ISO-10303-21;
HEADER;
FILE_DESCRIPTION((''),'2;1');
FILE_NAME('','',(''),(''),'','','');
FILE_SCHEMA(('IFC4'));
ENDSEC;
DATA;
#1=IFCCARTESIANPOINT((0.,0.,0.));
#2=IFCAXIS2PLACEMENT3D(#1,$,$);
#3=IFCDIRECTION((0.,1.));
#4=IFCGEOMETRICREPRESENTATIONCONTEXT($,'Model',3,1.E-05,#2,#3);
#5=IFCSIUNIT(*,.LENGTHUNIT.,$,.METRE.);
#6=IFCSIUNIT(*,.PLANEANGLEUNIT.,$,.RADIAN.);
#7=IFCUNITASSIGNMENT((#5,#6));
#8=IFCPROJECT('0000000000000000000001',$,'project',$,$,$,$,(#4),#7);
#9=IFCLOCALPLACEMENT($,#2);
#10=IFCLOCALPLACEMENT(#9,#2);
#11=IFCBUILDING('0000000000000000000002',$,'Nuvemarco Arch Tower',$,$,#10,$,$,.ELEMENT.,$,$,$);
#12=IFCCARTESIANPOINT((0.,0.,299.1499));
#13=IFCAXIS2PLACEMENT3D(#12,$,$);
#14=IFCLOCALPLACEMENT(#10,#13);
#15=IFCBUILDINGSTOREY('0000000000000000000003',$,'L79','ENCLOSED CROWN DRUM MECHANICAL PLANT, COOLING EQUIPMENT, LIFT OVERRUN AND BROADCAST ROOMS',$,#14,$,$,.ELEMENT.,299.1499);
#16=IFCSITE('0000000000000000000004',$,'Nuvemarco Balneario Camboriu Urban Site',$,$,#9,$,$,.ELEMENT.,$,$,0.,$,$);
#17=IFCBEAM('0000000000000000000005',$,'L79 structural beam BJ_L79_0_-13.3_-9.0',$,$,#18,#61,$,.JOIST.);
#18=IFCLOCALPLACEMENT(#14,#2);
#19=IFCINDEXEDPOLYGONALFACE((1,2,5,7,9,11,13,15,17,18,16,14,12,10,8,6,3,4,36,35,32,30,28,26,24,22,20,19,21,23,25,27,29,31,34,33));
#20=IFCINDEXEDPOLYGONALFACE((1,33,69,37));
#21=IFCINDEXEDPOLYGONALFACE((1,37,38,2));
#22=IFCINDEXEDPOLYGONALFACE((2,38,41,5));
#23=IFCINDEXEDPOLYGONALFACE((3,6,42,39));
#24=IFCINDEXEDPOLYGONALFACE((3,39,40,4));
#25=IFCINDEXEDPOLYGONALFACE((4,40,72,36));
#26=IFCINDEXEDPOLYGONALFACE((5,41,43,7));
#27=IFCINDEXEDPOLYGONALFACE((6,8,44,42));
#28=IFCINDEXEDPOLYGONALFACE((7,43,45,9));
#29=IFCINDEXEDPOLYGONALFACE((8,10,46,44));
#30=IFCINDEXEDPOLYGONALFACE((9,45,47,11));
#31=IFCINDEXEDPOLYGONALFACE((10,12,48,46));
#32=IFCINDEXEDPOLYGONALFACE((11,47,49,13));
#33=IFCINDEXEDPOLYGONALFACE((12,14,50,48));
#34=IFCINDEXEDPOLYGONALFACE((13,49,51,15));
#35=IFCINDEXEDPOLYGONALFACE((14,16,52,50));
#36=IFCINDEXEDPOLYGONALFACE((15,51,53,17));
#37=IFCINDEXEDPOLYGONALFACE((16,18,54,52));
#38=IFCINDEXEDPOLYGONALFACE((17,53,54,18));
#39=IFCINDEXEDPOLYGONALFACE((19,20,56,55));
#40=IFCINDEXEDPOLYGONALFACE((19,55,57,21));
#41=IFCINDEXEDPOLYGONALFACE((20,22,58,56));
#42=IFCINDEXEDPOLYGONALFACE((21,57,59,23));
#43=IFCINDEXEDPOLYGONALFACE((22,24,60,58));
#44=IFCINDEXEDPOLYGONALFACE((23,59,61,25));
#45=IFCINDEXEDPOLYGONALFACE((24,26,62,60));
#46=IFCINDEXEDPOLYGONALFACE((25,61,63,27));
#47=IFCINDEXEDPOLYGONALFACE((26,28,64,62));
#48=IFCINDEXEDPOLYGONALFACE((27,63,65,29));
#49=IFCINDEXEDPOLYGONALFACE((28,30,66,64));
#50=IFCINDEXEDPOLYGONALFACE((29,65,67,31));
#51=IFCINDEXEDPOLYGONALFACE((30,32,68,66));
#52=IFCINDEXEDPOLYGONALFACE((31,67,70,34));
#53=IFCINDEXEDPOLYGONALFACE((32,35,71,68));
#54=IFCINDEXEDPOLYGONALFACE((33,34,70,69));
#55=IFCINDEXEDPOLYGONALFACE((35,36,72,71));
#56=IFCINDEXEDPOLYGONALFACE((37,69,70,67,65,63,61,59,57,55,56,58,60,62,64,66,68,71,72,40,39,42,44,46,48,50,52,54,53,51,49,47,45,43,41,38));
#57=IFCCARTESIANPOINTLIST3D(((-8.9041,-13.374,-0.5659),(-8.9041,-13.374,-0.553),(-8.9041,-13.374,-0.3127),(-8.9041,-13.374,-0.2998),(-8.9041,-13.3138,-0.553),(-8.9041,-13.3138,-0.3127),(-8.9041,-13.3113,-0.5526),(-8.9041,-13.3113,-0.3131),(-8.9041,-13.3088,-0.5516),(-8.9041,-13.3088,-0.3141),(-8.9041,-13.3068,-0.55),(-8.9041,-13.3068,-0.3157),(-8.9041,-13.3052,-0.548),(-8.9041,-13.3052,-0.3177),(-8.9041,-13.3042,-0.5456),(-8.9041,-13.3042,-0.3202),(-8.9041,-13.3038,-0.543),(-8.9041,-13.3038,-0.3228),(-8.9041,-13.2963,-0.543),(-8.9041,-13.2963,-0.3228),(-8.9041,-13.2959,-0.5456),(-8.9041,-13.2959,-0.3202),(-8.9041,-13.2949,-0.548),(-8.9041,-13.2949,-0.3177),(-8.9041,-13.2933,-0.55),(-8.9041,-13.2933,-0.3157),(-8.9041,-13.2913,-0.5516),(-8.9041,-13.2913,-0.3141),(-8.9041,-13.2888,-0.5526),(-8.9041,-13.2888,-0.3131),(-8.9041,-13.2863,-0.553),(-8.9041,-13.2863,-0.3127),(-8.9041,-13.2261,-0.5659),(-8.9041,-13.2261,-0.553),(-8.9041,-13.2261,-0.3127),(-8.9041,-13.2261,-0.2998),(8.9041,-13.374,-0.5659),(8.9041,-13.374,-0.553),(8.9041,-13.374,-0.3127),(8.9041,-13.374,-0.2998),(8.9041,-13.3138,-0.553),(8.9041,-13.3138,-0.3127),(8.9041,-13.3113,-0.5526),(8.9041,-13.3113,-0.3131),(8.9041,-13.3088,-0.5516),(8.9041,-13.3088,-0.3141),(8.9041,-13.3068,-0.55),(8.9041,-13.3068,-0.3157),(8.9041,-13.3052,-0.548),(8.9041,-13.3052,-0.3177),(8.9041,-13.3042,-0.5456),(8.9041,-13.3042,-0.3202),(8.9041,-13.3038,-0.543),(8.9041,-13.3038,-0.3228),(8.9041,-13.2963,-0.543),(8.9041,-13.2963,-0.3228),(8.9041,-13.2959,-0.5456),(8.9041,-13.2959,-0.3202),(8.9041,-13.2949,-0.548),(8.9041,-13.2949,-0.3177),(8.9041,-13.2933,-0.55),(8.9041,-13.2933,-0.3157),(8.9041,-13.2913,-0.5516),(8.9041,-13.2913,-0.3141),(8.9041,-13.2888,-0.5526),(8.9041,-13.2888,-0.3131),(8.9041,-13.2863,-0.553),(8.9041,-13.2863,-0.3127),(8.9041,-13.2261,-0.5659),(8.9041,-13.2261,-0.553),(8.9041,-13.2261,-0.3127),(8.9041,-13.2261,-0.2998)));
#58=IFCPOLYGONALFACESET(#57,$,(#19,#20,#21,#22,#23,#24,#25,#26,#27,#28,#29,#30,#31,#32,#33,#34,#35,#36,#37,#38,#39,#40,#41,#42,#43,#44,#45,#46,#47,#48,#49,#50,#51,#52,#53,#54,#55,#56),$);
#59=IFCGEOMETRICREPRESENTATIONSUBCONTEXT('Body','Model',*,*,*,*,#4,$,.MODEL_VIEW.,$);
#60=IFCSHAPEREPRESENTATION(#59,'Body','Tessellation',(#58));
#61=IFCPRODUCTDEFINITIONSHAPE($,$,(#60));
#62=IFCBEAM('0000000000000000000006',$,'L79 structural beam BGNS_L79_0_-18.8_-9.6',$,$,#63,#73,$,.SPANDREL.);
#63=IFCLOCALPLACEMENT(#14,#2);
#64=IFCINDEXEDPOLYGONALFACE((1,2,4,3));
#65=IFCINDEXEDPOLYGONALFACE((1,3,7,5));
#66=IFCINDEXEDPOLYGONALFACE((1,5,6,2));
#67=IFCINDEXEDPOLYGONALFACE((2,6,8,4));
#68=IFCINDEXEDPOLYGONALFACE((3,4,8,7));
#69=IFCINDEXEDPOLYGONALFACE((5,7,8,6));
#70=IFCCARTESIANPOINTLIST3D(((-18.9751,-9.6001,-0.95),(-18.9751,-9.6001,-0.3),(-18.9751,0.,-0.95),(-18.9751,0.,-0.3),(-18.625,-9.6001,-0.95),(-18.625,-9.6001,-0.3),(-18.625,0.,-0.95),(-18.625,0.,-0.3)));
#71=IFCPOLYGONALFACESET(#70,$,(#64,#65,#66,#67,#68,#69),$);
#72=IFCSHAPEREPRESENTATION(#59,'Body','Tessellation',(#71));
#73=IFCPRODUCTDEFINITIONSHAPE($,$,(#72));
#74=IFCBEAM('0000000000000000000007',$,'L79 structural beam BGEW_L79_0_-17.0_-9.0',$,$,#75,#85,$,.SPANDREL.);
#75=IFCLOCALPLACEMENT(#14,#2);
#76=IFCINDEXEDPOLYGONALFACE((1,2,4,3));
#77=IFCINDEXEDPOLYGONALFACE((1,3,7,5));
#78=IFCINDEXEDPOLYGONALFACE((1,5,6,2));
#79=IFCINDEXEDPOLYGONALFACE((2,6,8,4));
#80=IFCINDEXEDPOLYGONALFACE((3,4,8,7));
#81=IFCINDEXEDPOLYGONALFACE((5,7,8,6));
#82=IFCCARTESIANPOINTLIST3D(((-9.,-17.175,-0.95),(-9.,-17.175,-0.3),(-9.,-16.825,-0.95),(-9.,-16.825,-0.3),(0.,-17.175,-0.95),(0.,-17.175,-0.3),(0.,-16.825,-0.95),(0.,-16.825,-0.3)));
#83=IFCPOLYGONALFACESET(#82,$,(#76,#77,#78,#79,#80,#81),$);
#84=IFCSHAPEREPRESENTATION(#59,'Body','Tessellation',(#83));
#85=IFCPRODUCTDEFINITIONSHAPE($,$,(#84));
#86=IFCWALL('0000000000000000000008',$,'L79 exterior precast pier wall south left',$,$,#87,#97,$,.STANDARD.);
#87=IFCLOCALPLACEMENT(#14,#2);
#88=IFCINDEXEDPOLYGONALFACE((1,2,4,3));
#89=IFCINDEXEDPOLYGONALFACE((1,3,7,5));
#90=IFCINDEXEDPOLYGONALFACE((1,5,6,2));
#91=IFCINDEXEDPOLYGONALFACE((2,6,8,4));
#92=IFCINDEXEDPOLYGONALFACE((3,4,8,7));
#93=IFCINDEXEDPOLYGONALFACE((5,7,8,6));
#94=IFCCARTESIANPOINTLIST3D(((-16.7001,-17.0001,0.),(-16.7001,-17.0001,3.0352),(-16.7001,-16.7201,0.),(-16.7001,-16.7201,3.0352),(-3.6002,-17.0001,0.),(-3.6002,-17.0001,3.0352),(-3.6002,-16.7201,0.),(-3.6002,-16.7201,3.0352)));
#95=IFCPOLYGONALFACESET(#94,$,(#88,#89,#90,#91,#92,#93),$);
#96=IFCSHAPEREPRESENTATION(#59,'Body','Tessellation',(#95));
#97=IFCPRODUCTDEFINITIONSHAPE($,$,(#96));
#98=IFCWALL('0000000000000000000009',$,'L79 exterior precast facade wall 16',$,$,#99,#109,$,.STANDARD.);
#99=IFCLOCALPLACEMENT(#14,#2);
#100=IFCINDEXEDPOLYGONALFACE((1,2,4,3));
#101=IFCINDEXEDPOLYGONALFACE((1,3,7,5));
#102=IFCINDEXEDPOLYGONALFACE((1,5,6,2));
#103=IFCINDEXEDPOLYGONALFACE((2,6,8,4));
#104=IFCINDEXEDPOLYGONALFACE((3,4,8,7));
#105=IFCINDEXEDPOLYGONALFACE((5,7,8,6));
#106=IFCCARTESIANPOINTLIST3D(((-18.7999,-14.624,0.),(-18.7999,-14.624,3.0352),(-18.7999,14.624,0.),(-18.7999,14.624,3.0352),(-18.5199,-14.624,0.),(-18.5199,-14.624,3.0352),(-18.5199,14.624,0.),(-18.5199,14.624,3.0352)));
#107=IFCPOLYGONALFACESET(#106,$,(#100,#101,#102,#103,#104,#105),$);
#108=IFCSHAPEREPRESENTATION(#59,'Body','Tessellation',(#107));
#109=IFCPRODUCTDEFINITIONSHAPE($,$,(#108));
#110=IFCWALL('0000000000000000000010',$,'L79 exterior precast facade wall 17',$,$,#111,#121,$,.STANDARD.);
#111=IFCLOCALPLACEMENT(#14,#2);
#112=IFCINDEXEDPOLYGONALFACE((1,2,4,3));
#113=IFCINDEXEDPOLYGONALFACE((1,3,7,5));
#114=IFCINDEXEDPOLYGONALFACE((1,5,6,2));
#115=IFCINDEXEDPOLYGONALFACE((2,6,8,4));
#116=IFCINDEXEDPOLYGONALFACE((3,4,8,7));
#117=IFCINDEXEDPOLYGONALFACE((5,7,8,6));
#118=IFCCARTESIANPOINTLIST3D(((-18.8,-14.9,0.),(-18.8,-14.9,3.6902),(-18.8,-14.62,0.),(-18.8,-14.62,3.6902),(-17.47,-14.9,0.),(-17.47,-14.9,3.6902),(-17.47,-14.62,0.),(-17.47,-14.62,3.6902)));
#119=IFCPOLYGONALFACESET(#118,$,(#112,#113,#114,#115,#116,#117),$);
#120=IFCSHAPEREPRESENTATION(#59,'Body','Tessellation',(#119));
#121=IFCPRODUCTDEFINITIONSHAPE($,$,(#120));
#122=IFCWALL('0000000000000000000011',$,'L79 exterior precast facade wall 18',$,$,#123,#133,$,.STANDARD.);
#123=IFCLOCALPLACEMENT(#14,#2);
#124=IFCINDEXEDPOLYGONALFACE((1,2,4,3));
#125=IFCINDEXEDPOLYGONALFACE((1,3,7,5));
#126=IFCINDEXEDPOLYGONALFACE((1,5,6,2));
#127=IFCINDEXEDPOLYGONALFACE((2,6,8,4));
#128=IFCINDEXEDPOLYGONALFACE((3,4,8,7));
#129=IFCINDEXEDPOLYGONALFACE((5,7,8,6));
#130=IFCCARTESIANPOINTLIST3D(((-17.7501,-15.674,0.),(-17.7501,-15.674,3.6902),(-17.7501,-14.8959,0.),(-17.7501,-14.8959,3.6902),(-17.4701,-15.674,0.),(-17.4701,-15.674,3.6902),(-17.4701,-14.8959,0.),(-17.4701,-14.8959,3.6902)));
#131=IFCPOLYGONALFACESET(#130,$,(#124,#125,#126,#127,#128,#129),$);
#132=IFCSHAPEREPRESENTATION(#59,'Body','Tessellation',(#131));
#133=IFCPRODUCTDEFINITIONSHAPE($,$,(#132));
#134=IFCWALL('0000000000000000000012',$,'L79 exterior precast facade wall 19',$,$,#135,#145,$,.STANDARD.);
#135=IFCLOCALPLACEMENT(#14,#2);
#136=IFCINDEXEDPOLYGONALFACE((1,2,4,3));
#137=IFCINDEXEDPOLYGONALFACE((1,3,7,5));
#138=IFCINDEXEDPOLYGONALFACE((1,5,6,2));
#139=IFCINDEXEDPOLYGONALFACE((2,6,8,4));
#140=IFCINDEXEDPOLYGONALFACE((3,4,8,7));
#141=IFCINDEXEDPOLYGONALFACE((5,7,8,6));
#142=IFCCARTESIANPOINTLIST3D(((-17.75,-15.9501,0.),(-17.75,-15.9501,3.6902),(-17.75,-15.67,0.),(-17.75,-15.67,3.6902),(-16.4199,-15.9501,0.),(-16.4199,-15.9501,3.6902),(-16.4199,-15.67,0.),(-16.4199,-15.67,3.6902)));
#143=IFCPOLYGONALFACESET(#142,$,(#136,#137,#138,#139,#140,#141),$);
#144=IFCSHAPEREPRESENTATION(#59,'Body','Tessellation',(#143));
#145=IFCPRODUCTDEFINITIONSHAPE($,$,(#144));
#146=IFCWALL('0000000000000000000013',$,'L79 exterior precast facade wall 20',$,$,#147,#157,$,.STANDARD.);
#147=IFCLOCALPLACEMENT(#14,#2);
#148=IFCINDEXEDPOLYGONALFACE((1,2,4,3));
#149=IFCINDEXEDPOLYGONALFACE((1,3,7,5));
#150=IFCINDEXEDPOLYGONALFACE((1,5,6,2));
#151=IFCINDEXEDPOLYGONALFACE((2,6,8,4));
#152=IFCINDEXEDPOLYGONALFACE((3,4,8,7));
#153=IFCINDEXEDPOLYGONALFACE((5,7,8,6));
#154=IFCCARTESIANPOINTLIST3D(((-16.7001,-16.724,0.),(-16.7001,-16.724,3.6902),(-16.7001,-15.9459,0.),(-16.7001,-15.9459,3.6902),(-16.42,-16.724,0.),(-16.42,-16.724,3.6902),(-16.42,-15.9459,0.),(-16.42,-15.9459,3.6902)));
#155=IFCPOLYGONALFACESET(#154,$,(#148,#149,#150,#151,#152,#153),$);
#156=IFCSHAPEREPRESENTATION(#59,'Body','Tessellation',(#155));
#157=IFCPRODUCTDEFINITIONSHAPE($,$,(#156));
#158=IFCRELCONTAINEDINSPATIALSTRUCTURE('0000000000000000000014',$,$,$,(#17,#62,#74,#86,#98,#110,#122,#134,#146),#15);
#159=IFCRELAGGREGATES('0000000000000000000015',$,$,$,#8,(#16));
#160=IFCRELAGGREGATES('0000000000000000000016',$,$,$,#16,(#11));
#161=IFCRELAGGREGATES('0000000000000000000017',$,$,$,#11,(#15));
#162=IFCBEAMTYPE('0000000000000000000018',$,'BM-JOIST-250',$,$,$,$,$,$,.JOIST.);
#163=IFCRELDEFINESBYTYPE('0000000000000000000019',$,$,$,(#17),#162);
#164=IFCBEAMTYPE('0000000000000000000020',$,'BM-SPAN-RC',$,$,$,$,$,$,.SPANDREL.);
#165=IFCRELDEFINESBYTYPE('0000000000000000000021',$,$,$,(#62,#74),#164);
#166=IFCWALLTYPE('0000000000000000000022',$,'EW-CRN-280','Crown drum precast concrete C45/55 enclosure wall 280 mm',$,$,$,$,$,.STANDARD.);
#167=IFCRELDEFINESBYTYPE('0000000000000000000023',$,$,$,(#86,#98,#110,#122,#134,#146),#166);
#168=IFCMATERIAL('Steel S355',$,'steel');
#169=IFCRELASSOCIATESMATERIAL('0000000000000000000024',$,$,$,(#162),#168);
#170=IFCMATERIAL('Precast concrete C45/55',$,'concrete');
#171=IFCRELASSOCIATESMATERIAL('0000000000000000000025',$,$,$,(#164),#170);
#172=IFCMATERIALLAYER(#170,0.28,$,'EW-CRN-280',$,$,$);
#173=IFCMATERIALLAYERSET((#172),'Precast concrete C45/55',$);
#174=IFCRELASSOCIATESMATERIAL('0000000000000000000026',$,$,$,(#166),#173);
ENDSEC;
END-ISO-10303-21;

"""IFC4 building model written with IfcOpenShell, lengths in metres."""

from ifc_helpers import new_model, si_unit, direction, frame, frame_2d, origin, origin_2d, place, context, subcontext, project, spatial, rectangle, i_section, extrude, material, layer, layer_set, material_profile, profile_set, type_object, element, save


model = new_model("IFC4")

# Units and contexts
model_context = context("Model", 3, precision=1e-05, world=origin(), true_north=direction((0.0, 1.0)))
body_context = subcontext(model_context, "Body", "Model", "MODEL_VIEW")
ifc_project = project(units=[si_unit("LENGTHUNIT", "METRE"), si_unit("PLANEANGLEUNIT", "RADIAN")], contexts=[model_context])

# Site, building, storey
site_placement = place(None, origin())
site = spatial("IfcSite", under=ifc_project, at=site_placement, Name="Nuvemarco Balneario Camboriu Urban Site", CompositionType="ELEMENT", RefElevation=0.0)
building_placement = place(site_placement, origin())
building = spatial("IfcBuilding", under=site, at=building_placement, Name="Nuvemarco Arch Tower", CompositionType="ELEMENT")
storey_placement = place(building_placement, frame((0.0, 0.0, 299.1499)))
storey = spatial("IfcBuildingStorey", under=building, at=storey_placement, Name="L79", Description="ENCLOSED CROWN DRUM MECHANICAL PLANT, COOLING EQUIPMENT, LIFT OVERRUN AND BROADCAST ROOMS", CompositionType="ELEMENT", Elevation=299.1499)

# Shared definitions
ifc_material_1 = material(Name="Steel S355", Category="steel")

# Beams
ifc_material_profile_1 = material_profile(ifc_material_1, i_section(OverallWidth=0.1479, OverallDepth=0.2661, WebThickness=0.0076, FlangeThickness=0.0129, FilletRadius=0.01, at=origin_2d()), Name="W250x44.8")
ifc_profile_set_1 = profile_set([ifc_material_profile_1], Name="Steel S355")
beam_type_1 = type_object("IfcBeamType", Name="BM-JOIST-250", PredefinedType="JOIST", material=ifc_profile_set_1)
beam_1_placement = place(storey_placement, frame((-8.9041, -13.3, -0.4329), z_axis=(1.0, 0.0, 0.0), x_axis=(0.0, 1.0, 0.0)))
element("IfcBeam", 1, at=beam_1_placement, inside=storey, type_object=beam_type_1, Name="L79 structural beam BJ_L79_0_-13.3_-9.0", PredefinedType="JOIST", context=body_context, shape_type="SweptSolid", body=[
    extrude(i_section(OverallWidth=0.1479, OverallDepth=0.2661, WebThickness=0.0076, FlangeThickness=0.0129, FilletRadius=0.01, at=origin_2d()), origin(), (0.0, 0.0, 1.0), 17.8081),
])
ifc_material_2 = material(Name="Precast concrete C45/55", Category="concrete")
ifc_material_profile_2 = material_profile(ifc_material_2, rectangle(XDim=0.3501, YDim=0.6499, at=origin_2d()), Name="PC-SP-350x650")
ifc_profile_set_2 = profile_set([ifc_material_profile_2], Name="Precast concrete C45/55")
beam_type_2 = type_object("IfcBeamType", Name="BM-SPAN-RC", PredefinedType="SPANDREL", material=ifc_profile_set_2)
beam_2_placement = place(storey_placement, frame((-18.8, -9.6001, -0.625), z_axis=(0.0, 1.0, 0.0), x_axis=(-1.0, 0.0, 0.0)))
element("IfcBeam", 2, at=beam_2_placement, inside=storey, type_object=beam_type_2, Name="L79 structural beam BGNS_L79_0_-18.8_-9.6", PredefinedType="SPANDREL", context=body_context, shape_type="SweptSolid", body=[
    extrude(rectangle(XDim=0.3501, YDim=0.6499, at=origin_2d()), origin(), (0.0, 0.0, 1.0), 9.6001),
])
beam_3_placement = place(storey_placement, frame((-9.0, -17.0, -0.625), z_axis=(1.0, 0.0, 0.0), x_axis=(0.0, 1.0, 0.0)))
element("IfcBeam", 3, at=beam_3_placement, inside=storey, type_object=beam_type_2, Name="L79 structural beam BGEW_L79_0_-17.0_-9.0", PredefinedType="SPANDREL", context=body_context, shape_type="SweptSolid", body=[
    extrude(rectangle(XDim=0.3501, YDim=0.6499, at=origin_2d()), origin(), (0.0, 0.0, 1.0), 9.0),
])

# Walls
ifc_layer_1 = layer(ifc_material_2, 0.28, Name="EW-CRN-280")
ifc_layer_set_1 = layer_set([ifc_layer_1], Name="Precast concrete C45/55")
wall_type_1 = type_object("IfcWallType", Name="EW-CRN-280", Description="Crown drum precast concrete C45/55 enclosure wall 280 mm", PredefinedType="STANDARD", material=ifc_layer_set_1)
wall_1_placement = place(storey_placement, frame((-16.7, -16.8601, 0.0), z_axis=(0.0, 0.0, 1.0), x_axis=(1.0, 0.0, 0.0)))
element("IfcWall", 4, at=wall_1_placement, inside=storey, type_object=wall_type_1, Name="L79 exterior precast pier wall south left", PredefinedType="STANDARD", context=body_context, shape_type="SweptSolid", body=[
    extrude(rectangle(XDim=13.0999, YDim=0.28, at=frame_2d((6.5498, 0.0))), origin(), (0.0, 0.0, 1.0), 3.0352),
])
wall_2_placement = place(storey_placement, frame((-18.6599, -14.624, 0.0), z_axis=(0.0, 0.0, 1.0), x_axis=(0.0, 1.0, 0.0)))
element("IfcWall", 5, at=wall_2_placement, inside=storey, type_object=wall_type_1, Name="L79 exterior precast facade wall 16", PredefinedType="STANDARD", context=body_context, shape_type="SweptSolid", body=[
    extrude(rectangle(XDim=29.248, YDim=0.28, at=frame_2d((14.624, 0.0))), origin(), (0.0, 0.0, 1.0), 3.0352),
])
wall_3_placement = place(storey_placement, frame((-18.8, -14.76, 0.0), z_axis=(0.0, 0.0, 1.0), x_axis=(1.0, 0.0, 0.0)))
element("IfcWall", 6, at=wall_3_placement, inside=storey, type_object=wall_type_1, Name="L79 exterior precast facade wall 17", PredefinedType="STANDARD", context=body_context, shape_type="SweptSolid", body=[
    extrude(rectangle(XDim=1.3301, YDim=0.28, at=frame_2d((0.665, 0.0))), origin(), (0.0, 0.0, 1.0), 3.6902),
])
wall_4_placement = place(storey_placement, frame((-17.6101, -15.6741, 0.0), z_axis=(0.0, 0.0, 1.0), x_axis=(0.0, 1.0, 0.0)))
element("IfcWall", 7, at=wall_4_placement, inside=storey, type_object=wall_type_1, Name="L79 exterior precast facade wall 18", PredefinedType="STANDARD", context=body_context, shape_type="SweptSolid", body=[
    extrude(rectangle(XDim=0.7781, YDim=0.28, at=frame_2d((0.3892, 0.0))), origin(), (0.0, 0.0, 1.0), 3.6902),
])
wall_5_placement = place(storey_placement, frame((-17.75, -15.8101, 0.0), z_axis=(0.0, 0.0, 1.0), x_axis=(1.0, 0.0, 0.0)))
element("IfcWall", 8, at=wall_5_placement, inside=storey, type_object=wall_type_1, Name="L79 exterior precast facade wall 19", PredefinedType="STANDARD", context=body_context, shape_type="SweptSolid", body=[
    extrude(rectangle(XDim=1.3301, YDim=0.28, at=frame_2d((0.665, 0.0))), origin(), (0.0, 0.0, 1.0), 3.6902),
])
wall_6_placement = place(storey_placement, frame((-16.5601, -16.7241, 0.0), z_axis=(0.0, 0.0, 1.0), x_axis=(0.0, 1.0, 0.0)))
element("IfcWall", 9, at=wall_6_placement, inside=storey, type_object=wall_type_1, Name="L79 exterior precast facade wall 20", PredefinedType="STANDARD", context=body_context, shape_type="SweptSolid", body=[
    extrude(rectangle(XDim=0.7781, YDim=0.28, at=frame_2d((0.3892, 0.0))), origin(), (0.0, 0.0, 1.0), 3.6902),
])

save(model, "model.ifc")
